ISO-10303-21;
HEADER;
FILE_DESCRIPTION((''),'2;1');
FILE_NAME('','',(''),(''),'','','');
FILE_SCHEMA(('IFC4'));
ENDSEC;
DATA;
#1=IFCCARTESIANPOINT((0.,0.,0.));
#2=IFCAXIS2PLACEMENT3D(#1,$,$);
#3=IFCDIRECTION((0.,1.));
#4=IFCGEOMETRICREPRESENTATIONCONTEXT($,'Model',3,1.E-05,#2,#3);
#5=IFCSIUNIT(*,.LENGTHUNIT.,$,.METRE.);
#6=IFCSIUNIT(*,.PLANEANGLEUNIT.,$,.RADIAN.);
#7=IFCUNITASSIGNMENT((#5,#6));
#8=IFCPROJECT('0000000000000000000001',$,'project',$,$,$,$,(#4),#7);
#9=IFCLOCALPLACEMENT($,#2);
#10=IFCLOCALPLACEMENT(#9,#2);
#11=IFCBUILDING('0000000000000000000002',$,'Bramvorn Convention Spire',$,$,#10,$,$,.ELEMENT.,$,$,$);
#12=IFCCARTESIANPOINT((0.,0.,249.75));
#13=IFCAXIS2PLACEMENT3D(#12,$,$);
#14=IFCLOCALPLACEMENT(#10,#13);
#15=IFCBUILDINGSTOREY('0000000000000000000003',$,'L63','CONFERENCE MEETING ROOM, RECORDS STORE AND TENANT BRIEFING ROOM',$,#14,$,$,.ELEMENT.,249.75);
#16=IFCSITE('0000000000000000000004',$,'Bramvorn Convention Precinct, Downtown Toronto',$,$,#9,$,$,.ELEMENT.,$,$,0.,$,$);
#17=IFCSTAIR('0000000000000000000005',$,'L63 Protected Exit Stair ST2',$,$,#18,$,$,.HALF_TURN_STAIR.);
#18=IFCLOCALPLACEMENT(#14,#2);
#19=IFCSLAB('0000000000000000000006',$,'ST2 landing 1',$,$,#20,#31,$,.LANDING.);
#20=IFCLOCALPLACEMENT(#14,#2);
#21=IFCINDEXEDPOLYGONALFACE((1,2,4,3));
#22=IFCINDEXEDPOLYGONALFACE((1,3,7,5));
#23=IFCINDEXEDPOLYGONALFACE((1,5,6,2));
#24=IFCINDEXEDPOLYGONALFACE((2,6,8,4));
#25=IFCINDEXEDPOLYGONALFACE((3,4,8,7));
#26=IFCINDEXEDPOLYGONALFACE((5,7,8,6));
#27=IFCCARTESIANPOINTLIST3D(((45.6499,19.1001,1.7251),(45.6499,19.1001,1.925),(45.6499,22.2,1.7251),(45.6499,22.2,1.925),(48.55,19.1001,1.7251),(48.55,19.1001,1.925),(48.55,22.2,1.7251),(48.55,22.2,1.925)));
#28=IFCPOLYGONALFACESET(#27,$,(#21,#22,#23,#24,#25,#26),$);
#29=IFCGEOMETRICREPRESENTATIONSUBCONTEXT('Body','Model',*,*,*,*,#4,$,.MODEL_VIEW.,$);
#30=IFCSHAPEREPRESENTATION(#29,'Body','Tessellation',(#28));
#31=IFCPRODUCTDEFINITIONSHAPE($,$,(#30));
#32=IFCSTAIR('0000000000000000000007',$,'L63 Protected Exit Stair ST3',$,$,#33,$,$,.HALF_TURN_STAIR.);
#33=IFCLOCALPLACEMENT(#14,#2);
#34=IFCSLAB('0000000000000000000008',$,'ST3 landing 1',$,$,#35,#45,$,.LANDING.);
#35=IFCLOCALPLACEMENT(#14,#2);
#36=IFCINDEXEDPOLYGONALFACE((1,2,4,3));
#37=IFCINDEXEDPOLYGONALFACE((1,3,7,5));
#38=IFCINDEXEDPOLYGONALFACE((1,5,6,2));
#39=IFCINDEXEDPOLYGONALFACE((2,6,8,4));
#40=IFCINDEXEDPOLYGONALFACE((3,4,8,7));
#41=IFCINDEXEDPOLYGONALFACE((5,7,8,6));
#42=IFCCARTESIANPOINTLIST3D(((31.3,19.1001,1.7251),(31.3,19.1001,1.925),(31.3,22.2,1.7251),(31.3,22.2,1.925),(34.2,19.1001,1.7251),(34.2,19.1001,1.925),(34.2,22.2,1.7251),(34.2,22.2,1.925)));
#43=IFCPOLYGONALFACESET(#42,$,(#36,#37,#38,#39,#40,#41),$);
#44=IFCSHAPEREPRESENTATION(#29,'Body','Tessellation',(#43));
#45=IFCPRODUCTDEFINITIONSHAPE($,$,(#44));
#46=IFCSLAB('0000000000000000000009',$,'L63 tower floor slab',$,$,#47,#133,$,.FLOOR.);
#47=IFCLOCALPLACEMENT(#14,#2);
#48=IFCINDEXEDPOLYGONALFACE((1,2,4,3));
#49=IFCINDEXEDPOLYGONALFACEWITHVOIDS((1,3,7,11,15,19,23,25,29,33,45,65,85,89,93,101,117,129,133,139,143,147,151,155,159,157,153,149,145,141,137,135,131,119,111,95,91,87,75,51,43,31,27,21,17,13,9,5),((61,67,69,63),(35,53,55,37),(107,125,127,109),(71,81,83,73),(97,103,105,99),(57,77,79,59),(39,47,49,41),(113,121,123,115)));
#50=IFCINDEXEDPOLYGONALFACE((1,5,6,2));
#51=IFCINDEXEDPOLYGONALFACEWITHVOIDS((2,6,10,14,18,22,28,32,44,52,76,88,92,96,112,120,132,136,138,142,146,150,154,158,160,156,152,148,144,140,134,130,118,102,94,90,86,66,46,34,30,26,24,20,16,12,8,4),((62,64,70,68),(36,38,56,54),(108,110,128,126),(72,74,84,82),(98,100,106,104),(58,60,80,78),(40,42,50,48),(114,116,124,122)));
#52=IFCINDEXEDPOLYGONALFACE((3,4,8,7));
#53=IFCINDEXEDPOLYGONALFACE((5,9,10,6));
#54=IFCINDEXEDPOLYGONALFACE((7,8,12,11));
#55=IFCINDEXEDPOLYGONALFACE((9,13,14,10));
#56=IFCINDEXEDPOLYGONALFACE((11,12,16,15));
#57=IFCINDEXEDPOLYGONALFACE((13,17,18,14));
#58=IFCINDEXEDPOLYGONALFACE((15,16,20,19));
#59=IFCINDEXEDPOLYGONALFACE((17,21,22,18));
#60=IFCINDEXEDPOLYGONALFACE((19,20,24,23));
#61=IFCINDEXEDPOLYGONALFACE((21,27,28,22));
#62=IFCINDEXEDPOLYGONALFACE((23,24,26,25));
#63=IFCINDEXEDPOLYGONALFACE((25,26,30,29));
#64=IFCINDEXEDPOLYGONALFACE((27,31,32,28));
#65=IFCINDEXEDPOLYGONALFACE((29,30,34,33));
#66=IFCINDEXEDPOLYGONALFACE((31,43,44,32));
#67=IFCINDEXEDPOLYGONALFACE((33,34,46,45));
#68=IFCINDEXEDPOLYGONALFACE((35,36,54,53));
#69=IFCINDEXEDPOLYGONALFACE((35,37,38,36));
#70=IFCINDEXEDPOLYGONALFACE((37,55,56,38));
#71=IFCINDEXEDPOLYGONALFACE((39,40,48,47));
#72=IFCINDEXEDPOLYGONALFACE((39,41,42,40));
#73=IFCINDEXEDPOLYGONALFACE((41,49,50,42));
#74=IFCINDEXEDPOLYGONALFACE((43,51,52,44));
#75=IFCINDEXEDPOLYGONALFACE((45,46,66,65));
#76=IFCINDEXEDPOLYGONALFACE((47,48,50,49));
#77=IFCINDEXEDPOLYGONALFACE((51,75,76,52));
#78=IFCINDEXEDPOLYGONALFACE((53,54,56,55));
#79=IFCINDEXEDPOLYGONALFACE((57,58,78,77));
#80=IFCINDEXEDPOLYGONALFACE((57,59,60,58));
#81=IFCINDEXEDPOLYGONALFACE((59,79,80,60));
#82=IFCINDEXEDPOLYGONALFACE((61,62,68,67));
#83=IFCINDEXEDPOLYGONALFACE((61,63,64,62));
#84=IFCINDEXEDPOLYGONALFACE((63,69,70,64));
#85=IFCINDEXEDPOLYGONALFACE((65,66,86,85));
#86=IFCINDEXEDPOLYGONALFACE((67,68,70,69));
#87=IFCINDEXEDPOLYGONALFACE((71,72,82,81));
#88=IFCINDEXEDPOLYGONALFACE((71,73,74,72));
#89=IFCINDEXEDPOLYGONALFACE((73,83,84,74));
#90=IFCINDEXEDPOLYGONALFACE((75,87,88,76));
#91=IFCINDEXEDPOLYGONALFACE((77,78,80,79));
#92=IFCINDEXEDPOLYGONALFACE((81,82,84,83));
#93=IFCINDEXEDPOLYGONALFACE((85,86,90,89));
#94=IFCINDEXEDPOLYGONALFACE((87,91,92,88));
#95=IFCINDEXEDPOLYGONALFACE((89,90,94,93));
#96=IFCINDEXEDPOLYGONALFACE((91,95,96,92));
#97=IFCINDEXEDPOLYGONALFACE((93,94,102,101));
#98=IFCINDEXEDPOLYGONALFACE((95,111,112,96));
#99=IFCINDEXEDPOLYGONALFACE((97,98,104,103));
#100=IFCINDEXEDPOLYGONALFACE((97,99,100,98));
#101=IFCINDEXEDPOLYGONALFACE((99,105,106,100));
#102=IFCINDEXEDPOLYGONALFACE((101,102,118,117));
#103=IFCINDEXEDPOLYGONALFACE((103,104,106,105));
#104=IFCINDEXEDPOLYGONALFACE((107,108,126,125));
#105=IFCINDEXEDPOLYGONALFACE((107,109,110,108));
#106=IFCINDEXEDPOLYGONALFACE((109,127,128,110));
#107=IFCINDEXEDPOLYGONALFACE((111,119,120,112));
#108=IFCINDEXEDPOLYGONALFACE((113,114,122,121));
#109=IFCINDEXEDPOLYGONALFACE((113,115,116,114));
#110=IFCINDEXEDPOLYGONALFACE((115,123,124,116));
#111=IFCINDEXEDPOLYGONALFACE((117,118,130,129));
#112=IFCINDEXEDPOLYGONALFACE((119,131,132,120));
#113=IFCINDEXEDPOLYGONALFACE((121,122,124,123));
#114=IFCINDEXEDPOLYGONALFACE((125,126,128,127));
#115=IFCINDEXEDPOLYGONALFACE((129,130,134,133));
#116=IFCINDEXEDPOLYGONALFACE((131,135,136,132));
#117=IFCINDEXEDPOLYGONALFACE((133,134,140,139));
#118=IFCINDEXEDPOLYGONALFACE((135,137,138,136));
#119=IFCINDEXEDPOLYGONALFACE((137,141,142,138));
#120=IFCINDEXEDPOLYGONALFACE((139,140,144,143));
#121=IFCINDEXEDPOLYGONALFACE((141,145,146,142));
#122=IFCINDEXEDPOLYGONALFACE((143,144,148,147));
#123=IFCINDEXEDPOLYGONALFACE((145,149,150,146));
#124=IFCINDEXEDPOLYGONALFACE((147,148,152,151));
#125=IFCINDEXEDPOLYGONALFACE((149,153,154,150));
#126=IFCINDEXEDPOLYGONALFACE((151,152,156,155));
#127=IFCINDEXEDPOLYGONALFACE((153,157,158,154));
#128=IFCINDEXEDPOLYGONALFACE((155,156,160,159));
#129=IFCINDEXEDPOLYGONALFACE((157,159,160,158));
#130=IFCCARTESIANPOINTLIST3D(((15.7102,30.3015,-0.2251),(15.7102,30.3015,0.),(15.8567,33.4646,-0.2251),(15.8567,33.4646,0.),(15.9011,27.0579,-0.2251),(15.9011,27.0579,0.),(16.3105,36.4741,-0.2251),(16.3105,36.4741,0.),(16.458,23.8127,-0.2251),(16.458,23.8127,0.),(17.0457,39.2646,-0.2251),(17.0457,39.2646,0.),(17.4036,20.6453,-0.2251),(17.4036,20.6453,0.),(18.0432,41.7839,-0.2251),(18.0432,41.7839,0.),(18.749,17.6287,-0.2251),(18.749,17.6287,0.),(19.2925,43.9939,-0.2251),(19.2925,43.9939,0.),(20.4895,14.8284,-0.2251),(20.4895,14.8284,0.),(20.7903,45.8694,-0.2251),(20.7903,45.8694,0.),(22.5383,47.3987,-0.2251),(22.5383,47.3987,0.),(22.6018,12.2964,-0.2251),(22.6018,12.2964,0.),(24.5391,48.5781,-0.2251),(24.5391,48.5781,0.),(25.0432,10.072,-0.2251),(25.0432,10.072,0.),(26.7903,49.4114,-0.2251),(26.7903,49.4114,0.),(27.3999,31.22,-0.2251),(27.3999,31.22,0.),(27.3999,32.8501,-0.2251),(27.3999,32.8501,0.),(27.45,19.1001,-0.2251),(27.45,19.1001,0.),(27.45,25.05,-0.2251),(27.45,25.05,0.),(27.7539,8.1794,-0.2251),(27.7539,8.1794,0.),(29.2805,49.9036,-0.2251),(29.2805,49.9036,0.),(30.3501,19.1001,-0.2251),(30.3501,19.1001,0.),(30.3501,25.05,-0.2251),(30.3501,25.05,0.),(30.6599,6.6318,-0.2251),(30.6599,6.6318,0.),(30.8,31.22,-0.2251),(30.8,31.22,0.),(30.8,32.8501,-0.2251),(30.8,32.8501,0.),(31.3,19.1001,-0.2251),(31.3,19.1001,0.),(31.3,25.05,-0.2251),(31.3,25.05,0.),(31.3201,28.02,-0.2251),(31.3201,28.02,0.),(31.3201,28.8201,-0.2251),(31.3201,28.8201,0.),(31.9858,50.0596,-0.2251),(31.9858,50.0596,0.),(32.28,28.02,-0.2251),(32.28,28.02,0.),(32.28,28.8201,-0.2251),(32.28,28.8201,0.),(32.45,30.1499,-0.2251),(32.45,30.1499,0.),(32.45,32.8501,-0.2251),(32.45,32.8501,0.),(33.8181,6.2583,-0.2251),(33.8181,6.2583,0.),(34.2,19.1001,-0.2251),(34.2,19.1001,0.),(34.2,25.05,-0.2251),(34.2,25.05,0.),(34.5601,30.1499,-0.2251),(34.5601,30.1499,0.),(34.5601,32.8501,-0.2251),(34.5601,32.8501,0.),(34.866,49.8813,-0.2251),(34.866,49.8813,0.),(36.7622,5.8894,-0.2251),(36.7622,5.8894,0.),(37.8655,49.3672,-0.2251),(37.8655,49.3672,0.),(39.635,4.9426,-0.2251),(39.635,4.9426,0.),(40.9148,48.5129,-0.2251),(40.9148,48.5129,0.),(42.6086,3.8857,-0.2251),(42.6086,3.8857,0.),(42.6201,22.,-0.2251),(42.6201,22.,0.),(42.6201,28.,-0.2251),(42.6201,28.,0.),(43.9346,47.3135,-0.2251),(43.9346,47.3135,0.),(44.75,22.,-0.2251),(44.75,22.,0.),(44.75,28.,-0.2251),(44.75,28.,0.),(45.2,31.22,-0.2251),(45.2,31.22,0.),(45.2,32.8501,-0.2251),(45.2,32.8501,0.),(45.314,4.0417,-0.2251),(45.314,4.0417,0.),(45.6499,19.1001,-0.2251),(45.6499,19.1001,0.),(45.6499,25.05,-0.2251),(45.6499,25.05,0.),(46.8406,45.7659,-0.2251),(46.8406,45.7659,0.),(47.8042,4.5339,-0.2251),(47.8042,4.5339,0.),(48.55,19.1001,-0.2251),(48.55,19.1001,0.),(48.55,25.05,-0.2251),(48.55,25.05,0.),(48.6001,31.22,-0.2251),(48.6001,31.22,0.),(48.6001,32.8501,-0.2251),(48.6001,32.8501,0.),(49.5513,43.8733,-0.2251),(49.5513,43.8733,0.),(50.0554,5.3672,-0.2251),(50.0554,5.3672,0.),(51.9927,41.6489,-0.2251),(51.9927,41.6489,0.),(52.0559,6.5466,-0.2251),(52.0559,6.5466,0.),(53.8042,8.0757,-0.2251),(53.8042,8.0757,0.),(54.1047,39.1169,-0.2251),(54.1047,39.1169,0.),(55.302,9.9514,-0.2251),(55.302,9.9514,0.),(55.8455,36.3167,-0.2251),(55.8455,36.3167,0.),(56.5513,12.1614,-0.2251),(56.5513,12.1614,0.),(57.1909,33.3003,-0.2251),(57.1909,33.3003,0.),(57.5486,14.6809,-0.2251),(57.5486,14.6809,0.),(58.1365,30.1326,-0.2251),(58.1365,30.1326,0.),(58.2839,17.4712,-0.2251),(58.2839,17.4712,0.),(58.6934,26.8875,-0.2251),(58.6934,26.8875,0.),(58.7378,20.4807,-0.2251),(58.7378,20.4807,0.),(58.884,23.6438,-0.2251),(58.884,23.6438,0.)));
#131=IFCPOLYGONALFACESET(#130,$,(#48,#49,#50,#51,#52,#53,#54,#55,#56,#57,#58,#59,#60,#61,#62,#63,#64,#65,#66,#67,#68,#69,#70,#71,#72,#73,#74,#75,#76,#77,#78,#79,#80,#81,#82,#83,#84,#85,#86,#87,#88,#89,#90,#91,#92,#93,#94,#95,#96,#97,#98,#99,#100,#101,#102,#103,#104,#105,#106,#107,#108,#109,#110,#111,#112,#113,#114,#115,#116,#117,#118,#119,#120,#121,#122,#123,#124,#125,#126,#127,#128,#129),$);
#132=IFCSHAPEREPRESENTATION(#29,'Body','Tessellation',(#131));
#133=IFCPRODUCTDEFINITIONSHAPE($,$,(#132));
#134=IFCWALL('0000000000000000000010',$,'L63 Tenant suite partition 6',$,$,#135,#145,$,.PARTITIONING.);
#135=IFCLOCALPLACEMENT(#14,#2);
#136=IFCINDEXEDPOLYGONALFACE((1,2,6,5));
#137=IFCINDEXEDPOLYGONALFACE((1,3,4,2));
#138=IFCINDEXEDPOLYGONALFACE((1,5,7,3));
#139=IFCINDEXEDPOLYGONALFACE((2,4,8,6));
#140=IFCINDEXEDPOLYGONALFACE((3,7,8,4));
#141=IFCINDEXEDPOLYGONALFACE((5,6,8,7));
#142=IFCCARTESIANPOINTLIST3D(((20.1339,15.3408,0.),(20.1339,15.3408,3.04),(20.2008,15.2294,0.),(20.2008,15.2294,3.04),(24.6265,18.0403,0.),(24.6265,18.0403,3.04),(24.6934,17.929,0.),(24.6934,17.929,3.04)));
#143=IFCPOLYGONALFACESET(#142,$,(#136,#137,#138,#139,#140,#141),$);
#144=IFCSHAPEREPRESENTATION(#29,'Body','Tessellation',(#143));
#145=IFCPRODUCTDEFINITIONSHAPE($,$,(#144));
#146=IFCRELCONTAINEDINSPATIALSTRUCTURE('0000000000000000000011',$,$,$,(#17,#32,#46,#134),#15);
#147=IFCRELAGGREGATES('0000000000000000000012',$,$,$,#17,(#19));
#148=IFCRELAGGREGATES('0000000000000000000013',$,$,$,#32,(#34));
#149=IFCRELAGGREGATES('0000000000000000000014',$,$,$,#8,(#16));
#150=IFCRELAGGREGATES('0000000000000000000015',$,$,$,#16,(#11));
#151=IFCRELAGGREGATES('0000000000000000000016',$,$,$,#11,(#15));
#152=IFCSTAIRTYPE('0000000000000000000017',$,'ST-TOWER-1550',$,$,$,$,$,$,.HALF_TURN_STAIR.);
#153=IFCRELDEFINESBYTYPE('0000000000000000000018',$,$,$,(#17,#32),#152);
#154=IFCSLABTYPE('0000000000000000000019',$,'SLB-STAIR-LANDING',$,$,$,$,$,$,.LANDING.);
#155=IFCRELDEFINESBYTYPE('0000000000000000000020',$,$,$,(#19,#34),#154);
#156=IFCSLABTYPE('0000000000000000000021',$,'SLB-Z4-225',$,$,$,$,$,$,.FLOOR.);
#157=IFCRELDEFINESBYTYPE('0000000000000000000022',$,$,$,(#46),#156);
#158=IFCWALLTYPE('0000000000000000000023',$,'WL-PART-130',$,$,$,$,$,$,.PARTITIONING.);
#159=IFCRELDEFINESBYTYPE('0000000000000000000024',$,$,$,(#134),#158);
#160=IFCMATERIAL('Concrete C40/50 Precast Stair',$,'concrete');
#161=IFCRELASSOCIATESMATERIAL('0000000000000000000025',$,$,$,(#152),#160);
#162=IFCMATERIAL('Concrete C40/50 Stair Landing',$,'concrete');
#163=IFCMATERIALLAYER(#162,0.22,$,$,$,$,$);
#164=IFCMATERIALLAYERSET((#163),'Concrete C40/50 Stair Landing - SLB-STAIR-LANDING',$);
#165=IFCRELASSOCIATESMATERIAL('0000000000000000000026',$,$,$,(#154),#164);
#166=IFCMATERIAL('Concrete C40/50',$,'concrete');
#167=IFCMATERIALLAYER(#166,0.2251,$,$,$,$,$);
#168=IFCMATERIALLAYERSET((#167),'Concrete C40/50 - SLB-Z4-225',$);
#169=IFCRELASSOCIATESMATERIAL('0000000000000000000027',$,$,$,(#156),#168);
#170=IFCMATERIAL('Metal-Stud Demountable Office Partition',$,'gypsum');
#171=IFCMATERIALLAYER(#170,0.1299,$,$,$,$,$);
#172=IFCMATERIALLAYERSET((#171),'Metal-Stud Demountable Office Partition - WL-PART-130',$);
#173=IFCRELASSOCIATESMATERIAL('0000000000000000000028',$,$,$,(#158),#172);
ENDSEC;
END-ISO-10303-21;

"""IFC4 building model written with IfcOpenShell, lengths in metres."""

from ifc_helpers import new_model, si_unit, direction, frame, frame_2d, origin, place, context, subcontext, project, spatial, polyline, rectangle, outline, extrude, material, layer, layer_set, type_object, element, aggregate, save


model = new_model("IFC4")

# Units and contexts
model_context = context("Model", 3, precision=1e-05, world=origin(), true_north=direction((0.0, 1.0)))
body_context = subcontext(model_context, "Body", "Model", "MODEL_VIEW")
ifc_project = project(units=[si_unit("LENGTHUNIT", "METRE"), si_unit("PLANEANGLEUNIT", "RADIAN")], contexts=[model_context])

# Site, building, storey
site_placement = place(None, origin())
site = spatial("IfcSite", under=ifc_project, at=site_placement, Name="Bramvorn Convention Precinct, Downtown Toronto", CompositionType="ELEMENT", RefElevation=0.0)
building_placement = place(site_placement, origin())
building = spatial("IfcBuilding", under=site, at=building_placement, Name="Bramvorn Convention Spire", CompositionType="ELEMENT")
storey_placement = place(building_placement, frame((0.0, 0.0, 249.75)))
storey = spatial("IfcBuildingStorey", under=building, at=storey_placement, Name="L63", Description="CONFERENCE MEETING ROOM, RECORDS STORE AND TENANT BRIEFING ROOM", CompositionType="ELEMENT", Elevation=249.75)

# Stairs, slabs
ifc_material_1 = material(Name="Concrete C40/50 Precast Stair", Category="concrete")
stair_type = type_object("IfcStairType", Name="ST-TOWER-1550", PredefinedType="HALF_TURN_STAIR", material=ifc_material_1)
ifc_material_2 = material(Name="Concrete C40/50 Stair Landing", Category="concrete")
ifc_layer_1 = layer(ifc_material_2, 0.22)
ifc_layer_set_1 = layer_set([ifc_layer_1], Name="Concrete C40/50 Stair Landing - SLB-STAIR-LANDING")
slab_type_1 = type_object("IfcSlabType", Name="SLB-STAIR-LANDING", PredefinedType="LANDING", material=ifc_layer_set_1)
stair_1_placement = place(storey_placement, origin())
stair_1 = element("IfcStair", 1, at=stair_1_placement, inside=storey, type_object=stair_type, Name="L63 Protected Exit Stair ST2", PredefinedType="HALF_TURN_STAIR")
slab_1_placement = place(storey_placement, frame((0.0, 0.0, 1.7251)))
slab_1 = element("IfcSlab", 2, at=slab_1_placement, type_object=slab_type_1, Name="ST2 landing 1", PredefinedType="LANDING", context=body_context, shape_type="SweptSolid", body=[
    extrude(outline(polyline([(45.6499, 22.2), (45.6499, 19.1001), (48.55, 19.1001), (48.55, 22.2), (45.6499, 22.2)])), origin(), (0.0, 0.0, 1.0), 0.2),
])
aggregate(stair_1, [slab_1])
stair_2_placement = place(storey_placement, origin())
stair_2 = element("IfcStair", 3, at=stair_2_placement, inside=storey, type_object=stair_type, Name="L63 Protected Exit Stair ST3", PredefinedType="HALF_TURN_STAIR")
slab_2_placement = place(storey_placement, frame((0.0, 0.0, 1.7251)))
slab_2 = element("IfcSlab", 4, at=slab_2_placement, type_object=slab_type_1, Name="ST3 landing 1", PredefinedType="LANDING", context=body_context, shape_type="SweptSolid", body=[
    extrude(outline(polyline([(31.3, 22.2), (31.3, 19.1001), (34.2, 19.1001), (34.2, 22.2), (31.3, 22.2)])), origin(), (0.0, 0.0, 1.0), 0.2),
])
aggregate(stair_2, [slab_2])

# Slab
ifc_material_3 = material(Name="Concrete C40/50", Category="concrete")
ifc_layer_2 = layer(ifc_material_3, 0.2251)
ifc_layer_set_2 = layer_set([ifc_layer_2], Name="Concrete C40/50 - SLB-Z4-225")
slab_type_2 = type_object("IfcSlabType", Name="SLB-Z4-225", PredefinedType="FLOOR", material=ifc_layer_set_2)
slab_3_placement = place(storey_placement, frame((0.0, 0.0, -0.2251)))
element("IfcSlab", 5, at=slab_3_placement, inside=storey, type_object=slab_type_2, Name="L63 tower floor slab", PredefinedType="FLOOR", context=body_context, shape_type="SweptSolid", body=[
    extrude(outline(polyline([(52.0559, 6.5466), (53.8042, 8.0757), (55.302, 9.9514), (56.5513, 12.1614), (57.5486, 14.6809), (58.2839, 17.4712), (58.7378, 20.4807), (58.884, 23.6438), (58.6934, 26.8875), (58.1365, 30.1326), (57.1909, 33.3003), (55.8455, 36.3167), (54.1047, 39.1169), (51.9927, 41.6489), (49.5513, 43.8733), (46.8406, 45.7659), (43.9346, 47.3135), (40.9148, 48.5129), (37.8655, 49.3672), (34.866, 49.8813), (31.9858, 50.0596), (29.2805, 49.9036), (26.7903, 49.4114), (24.5391, 48.5781), (22.5383, 47.3987), (20.7903, 45.8694), (19.2925, 43.9939), (18.0432, 41.7839), (17.0457, 39.2646), (16.3105, 36.4741), (15.8567, 33.4646), (15.7102, 30.3015), (15.9011, 27.0579), (16.458, 23.8127), (17.4036, 20.6453), (18.749, 17.6287), (20.4895, 14.8284), (22.6018, 12.2964), (25.0432, 10.072), (27.7539, 8.1794), (30.6599, 6.6318), (33.8181, 6.2583), (36.7622, 5.8894), (39.635, 4.9426), (42.6086, 3.8857), (45.314, 4.0417), (47.8042, 4.5339), (50.0554, 5.3672), (52.0559, 6.5466)]), holes=[polyline([(27.45, 25.05), (27.45, 19.1001), (30.3501, 19.1001), (30.3501, 25.05), (27.45, 25.05)]), polyline([(45.6499, 25.05), (45.6499, 19.1001), (48.55, 19.1001), (48.55, 25.05), (45.6499, 25.05)]), polyline([(31.3, 25.05), (31.3, 19.1001), (34.2, 19.1001), (34.2, 25.05), (31.3, 25.05)]), polyline([(27.3999, 31.22), (30.8, 31.22), (30.8, 32.8501), (27.3999, 32.8501), (27.3999, 31.22)]), polyline([(45.2, 31.22), (48.6001, 31.22), (48.6001, 32.8501), (45.2, 32.8501), (45.2, 31.22)]), polyline([(32.45, 30.1499), (34.5601, 30.1499), (34.5601, 32.8501), (32.45, 32.8501), (32.45, 30.1499)]), polyline([(42.6201, 22.0), (44.75, 22.0), (44.75, 28.0), (42.6201, 28.0), (42.6201, 22.0)]), polyline([(31.3201, 28.02), (32.28, 28.02), (32.28, 28.8201), (31.3201, 28.8201), (31.3201, 28.02)])]), origin(), (0.0, 0.0, 1.0), 0.2251),
])

# Wall
ifc_material_4 = material(Name="Metal-Stud Demountable Office Partition", Category="gypsum")
ifc_layer_3 = layer(ifc_material_4, 0.1299)
ifc_layer_set_3 = layer_set([ifc_layer_3], Name="Metal-Stud Demountable Office Partition - WL-PART-130")
wall_type_1 = type_object("IfcWallType", Name="WL-PART-130", PredefinedType="PARTITIONING", material=ifc_layer_set_3)
wall_1_placement = place(storey_placement, frame((24.6599, 17.9846, 0.0), z_axis=(0.0, 0.0, 1.0), x_axis=(-0.857156, -0.515057, 0.0)))
element("IfcWall", 6, at=wall_1_placement, inside=storey, type_object=wall_type_1, Name="L63 Tenant suite partition 6", PredefinedType="PARTITIONING", context=body_context, shape_type="SweptSolid", body=[
    extrude(rectangle(XDim=5.2412, YDim=0.1299, at=frame_2d((2.6206, 0.0))), origin(), (0.0, 0.0, 1.0), 3.04),
])

save(model, "model.ifc")
